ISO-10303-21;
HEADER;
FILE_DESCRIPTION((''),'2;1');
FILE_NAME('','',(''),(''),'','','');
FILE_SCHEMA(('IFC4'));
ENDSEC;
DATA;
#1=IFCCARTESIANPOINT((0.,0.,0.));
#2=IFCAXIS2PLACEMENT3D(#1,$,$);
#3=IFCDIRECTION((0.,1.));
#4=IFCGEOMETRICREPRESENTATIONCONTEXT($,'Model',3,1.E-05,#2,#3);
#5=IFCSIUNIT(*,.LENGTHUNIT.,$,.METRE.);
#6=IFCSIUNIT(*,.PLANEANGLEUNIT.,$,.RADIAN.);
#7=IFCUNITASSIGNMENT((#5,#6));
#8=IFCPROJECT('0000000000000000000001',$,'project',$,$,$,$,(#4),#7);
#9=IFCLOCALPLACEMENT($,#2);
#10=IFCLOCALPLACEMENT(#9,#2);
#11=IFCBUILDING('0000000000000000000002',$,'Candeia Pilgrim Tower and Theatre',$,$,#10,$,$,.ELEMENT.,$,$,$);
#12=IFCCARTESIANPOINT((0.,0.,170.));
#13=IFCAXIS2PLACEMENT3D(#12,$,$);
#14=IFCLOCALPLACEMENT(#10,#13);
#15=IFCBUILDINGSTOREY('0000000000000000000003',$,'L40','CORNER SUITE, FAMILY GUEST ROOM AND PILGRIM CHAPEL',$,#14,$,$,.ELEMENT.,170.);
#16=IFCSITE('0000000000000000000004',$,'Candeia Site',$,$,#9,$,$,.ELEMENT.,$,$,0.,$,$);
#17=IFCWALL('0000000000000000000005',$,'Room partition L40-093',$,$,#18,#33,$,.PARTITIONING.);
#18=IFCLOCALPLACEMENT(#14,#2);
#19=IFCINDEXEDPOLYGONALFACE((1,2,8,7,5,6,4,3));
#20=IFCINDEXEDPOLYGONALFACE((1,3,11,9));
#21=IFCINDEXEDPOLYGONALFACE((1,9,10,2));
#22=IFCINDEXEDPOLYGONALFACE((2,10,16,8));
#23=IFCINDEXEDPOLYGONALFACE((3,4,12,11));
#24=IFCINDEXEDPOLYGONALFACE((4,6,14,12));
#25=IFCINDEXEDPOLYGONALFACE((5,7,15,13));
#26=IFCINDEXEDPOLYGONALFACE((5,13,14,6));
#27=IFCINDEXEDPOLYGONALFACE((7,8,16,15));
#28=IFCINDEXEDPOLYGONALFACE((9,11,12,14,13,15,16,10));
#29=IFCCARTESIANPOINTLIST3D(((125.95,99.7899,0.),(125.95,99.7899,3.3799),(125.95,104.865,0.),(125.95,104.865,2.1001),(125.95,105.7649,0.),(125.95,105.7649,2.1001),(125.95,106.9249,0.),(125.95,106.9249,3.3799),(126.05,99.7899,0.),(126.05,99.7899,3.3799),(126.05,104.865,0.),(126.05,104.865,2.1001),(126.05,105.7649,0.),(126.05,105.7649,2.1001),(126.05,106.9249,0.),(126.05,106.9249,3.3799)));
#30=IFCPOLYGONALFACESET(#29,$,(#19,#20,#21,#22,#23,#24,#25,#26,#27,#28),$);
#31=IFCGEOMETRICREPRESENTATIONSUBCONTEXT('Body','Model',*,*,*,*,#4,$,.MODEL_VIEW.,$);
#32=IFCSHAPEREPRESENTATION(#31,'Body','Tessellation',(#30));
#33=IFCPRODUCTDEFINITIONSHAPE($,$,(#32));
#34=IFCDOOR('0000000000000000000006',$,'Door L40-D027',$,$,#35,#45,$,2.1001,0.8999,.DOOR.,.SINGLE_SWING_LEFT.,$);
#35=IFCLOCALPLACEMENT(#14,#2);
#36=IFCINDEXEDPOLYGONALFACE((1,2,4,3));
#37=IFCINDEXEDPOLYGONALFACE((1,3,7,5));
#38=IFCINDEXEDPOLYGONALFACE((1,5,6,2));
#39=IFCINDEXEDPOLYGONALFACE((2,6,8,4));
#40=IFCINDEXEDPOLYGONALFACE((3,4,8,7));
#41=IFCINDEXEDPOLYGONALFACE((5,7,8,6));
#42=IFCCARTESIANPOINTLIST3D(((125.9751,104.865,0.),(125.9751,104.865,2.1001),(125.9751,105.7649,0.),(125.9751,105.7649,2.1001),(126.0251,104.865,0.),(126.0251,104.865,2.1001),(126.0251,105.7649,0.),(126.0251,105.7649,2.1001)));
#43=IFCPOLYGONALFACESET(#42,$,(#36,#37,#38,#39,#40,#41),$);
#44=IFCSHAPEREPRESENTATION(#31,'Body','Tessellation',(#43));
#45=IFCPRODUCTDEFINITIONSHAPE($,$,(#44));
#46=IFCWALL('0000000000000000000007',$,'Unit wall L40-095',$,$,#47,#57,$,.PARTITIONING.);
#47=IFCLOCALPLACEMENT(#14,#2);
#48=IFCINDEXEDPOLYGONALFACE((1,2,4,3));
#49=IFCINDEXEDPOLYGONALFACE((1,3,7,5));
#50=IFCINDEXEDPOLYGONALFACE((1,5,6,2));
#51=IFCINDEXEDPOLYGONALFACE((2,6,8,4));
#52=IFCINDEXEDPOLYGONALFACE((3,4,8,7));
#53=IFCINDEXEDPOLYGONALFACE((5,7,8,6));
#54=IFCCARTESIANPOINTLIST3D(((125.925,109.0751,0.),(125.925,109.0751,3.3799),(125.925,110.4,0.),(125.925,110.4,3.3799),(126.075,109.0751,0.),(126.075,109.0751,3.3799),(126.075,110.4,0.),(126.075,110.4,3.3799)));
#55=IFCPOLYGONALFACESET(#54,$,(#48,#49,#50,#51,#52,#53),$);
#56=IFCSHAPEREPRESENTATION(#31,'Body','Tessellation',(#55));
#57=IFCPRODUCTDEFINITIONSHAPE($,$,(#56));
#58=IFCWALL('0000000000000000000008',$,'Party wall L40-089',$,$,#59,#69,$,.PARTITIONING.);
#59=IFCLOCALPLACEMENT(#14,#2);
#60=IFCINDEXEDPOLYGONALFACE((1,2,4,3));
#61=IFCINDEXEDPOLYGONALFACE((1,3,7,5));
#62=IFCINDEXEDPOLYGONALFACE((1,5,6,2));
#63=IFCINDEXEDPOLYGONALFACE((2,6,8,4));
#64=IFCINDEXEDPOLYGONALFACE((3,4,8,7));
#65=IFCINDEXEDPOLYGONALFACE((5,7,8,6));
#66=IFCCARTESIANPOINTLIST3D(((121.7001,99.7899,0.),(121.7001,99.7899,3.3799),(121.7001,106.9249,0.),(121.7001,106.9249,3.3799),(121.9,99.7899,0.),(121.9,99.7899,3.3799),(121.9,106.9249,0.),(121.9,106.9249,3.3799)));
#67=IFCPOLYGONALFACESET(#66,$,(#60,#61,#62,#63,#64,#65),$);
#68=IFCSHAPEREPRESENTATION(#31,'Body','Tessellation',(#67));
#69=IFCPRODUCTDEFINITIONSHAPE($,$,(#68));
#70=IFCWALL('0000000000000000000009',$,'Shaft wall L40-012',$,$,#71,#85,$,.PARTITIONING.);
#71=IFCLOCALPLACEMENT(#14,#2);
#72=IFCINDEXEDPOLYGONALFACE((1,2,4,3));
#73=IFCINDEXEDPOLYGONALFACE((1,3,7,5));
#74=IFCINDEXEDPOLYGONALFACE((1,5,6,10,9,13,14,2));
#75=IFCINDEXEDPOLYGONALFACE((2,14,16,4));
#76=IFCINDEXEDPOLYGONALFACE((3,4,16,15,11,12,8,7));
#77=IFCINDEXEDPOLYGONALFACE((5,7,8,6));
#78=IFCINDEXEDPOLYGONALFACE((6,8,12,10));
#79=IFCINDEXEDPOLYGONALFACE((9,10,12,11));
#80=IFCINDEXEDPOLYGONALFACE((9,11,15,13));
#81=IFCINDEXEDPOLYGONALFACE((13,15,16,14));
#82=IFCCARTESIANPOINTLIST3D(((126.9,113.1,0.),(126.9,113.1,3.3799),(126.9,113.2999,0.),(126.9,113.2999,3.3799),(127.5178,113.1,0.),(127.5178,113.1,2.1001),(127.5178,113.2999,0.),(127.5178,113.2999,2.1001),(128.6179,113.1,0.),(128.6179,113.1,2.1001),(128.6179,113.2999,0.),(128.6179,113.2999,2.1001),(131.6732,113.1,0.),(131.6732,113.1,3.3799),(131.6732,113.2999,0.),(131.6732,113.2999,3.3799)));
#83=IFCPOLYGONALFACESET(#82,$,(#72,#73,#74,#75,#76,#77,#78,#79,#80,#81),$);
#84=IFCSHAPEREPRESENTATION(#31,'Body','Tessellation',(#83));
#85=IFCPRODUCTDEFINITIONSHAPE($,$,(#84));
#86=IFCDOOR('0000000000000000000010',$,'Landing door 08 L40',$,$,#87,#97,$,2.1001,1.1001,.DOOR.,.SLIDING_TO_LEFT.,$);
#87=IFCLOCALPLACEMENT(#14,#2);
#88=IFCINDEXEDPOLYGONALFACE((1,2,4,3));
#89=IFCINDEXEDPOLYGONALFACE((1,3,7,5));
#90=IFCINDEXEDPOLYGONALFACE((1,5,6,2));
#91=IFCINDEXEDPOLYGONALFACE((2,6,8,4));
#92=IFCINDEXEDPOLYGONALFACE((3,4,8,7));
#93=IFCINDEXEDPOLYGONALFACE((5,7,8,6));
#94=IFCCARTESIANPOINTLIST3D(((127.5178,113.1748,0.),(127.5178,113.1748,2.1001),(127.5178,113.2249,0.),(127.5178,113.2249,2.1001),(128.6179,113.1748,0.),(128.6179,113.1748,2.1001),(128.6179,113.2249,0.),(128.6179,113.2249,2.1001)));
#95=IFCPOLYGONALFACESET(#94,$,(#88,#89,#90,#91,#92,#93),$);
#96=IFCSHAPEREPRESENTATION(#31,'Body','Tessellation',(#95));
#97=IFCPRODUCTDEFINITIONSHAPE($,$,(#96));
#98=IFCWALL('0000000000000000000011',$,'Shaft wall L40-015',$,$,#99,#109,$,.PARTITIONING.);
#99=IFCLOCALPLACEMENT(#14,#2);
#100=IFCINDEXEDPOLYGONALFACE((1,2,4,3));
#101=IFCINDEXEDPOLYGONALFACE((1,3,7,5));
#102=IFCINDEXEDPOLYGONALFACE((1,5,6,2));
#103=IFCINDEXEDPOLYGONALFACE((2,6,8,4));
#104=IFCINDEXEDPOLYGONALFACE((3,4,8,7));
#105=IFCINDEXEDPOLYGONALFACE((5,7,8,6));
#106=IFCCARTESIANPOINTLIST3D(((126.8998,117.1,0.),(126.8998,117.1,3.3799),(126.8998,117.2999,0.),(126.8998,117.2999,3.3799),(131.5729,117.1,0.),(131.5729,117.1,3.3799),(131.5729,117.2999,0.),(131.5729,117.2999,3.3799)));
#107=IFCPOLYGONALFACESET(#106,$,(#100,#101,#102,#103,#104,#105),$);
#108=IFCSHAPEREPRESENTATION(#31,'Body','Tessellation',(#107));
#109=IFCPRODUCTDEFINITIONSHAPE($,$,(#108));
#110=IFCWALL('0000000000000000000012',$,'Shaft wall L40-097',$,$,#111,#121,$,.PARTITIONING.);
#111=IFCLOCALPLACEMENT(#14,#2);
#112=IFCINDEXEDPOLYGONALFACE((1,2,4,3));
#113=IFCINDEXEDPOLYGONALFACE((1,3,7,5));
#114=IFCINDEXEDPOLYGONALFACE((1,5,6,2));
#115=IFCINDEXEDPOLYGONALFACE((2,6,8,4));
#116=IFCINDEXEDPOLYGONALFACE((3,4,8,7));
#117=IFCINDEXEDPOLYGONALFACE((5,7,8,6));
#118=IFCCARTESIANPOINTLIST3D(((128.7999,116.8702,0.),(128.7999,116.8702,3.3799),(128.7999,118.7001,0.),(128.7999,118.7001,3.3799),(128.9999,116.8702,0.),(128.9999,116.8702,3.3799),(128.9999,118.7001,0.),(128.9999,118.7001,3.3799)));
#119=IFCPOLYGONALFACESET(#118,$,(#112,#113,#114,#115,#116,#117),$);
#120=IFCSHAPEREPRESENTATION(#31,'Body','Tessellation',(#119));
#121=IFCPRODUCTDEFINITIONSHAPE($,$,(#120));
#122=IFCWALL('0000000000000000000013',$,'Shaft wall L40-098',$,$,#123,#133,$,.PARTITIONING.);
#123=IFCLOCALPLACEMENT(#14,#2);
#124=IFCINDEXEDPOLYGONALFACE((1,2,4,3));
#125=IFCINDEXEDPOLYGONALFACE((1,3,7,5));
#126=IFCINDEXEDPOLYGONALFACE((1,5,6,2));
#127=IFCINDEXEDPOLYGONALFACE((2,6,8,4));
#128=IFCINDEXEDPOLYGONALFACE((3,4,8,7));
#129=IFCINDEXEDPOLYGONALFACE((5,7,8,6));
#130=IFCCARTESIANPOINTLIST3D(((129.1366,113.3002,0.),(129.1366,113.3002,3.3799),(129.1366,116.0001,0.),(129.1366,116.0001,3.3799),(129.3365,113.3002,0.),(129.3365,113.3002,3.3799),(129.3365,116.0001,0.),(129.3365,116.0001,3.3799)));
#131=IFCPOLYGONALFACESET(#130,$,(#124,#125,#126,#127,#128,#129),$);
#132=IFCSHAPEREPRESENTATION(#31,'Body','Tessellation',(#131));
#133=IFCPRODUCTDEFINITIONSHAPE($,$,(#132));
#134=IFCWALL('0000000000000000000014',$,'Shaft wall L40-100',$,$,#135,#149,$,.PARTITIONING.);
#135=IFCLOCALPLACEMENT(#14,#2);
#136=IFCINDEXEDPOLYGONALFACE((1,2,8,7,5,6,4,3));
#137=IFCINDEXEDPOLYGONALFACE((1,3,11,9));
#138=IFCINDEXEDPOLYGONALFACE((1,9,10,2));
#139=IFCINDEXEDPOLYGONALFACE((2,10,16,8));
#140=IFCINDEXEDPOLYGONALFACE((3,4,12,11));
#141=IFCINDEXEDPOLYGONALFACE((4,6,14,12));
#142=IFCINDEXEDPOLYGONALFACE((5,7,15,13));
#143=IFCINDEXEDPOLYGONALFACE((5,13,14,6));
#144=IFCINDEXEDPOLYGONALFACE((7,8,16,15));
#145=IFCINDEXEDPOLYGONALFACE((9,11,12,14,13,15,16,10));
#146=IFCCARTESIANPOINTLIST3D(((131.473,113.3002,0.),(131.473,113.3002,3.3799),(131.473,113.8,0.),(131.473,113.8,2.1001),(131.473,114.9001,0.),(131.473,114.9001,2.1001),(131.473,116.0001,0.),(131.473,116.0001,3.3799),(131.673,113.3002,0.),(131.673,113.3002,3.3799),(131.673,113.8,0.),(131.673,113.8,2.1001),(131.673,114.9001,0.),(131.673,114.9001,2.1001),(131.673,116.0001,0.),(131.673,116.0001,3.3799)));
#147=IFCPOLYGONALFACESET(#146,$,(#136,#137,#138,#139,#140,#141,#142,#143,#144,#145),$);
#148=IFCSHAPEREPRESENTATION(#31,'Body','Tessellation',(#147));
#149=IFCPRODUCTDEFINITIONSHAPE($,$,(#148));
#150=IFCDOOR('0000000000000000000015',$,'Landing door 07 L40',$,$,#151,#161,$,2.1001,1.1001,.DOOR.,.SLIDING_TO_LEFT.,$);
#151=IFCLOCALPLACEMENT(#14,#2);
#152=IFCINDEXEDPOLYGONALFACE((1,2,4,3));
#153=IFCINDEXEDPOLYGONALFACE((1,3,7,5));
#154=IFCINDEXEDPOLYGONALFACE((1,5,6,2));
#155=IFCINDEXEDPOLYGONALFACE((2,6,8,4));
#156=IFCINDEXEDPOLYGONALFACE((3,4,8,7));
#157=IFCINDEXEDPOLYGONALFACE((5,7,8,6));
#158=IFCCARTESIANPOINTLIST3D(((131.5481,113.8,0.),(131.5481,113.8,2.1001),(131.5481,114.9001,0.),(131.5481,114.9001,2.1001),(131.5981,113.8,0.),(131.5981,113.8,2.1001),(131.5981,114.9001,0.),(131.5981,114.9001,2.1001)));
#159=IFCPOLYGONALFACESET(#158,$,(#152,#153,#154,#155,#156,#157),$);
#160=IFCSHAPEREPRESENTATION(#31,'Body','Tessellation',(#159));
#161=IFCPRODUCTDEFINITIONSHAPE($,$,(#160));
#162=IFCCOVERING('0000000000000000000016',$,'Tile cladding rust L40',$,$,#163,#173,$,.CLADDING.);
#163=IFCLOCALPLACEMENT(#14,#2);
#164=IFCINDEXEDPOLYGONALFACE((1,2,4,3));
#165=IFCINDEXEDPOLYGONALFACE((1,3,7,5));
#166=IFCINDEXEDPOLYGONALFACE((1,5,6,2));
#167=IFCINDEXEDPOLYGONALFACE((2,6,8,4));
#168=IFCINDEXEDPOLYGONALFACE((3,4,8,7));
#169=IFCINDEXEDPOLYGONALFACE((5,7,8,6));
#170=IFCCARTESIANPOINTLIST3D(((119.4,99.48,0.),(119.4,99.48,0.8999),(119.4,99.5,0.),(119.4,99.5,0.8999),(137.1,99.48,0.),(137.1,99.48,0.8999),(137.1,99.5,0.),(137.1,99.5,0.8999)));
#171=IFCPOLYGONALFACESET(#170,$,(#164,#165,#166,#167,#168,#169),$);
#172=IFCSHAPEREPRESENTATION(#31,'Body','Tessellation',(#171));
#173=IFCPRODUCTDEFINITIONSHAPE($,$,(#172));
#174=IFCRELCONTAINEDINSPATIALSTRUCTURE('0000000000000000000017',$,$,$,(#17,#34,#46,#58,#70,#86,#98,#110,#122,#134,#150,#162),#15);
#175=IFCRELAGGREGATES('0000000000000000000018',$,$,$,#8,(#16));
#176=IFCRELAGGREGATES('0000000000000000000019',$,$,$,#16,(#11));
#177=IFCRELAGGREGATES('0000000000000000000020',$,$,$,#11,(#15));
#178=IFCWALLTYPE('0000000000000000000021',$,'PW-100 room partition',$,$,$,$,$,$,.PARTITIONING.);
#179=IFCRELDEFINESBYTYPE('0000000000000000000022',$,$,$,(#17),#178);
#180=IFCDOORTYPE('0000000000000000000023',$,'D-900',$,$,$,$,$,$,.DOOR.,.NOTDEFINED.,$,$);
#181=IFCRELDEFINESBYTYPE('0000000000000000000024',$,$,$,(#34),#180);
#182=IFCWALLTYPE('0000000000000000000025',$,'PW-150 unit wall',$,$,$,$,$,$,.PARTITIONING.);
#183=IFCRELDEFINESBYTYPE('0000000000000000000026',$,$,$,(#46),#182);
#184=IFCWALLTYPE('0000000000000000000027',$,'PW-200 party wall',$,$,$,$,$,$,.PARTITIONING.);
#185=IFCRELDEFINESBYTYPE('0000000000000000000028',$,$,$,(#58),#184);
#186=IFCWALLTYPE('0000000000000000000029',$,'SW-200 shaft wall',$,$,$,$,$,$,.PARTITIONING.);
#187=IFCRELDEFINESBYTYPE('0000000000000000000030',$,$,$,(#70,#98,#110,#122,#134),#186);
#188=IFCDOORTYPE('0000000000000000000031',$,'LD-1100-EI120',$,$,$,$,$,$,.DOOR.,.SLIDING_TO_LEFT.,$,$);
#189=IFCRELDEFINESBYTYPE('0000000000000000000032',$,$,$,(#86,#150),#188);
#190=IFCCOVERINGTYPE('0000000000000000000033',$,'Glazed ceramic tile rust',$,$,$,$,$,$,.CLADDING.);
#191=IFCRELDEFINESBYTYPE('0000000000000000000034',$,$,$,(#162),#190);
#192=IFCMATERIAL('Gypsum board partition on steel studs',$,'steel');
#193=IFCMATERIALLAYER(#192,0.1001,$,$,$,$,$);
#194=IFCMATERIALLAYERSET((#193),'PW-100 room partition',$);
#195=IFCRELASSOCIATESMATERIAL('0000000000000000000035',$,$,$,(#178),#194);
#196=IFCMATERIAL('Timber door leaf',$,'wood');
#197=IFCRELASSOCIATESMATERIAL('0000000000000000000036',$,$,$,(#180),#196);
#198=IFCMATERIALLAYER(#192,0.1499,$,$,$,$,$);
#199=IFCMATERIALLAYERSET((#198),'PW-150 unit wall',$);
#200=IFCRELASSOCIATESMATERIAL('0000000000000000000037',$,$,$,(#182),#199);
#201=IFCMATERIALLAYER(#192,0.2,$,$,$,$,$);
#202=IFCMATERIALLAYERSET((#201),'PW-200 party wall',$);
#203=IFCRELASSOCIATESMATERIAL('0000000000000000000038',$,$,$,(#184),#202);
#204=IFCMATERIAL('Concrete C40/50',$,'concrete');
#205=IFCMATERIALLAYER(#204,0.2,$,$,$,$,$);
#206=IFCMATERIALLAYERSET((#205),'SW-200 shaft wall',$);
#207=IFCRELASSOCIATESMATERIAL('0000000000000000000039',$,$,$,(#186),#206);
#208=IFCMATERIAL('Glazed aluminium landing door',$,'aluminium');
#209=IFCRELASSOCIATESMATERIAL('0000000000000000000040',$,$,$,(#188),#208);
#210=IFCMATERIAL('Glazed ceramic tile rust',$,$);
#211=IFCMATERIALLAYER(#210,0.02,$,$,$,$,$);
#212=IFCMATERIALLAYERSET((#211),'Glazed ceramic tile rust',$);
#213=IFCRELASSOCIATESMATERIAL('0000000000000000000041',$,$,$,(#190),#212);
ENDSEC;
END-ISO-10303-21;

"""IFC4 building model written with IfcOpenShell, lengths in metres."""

from ifc_helpers import new_model, si_unit, direction, frame, frame_2d, origin, origin_2d, place, context, subcontext, project, spatial, rectangle, extrude, material, layer, layer_set, type_object, element, fill, save


model = new_model("IFC4")

# Units and contexts
model_context = context("Model", 3, precision=1e-05, world=origin(), true_north=direction((0.0, 1.0)))
body_context = subcontext(model_context, "Body", "Model", "MODEL_VIEW")
ifc_project = project(units=[si_unit("LENGTHUNIT", "METRE"), si_unit("PLANEANGLEUNIT", "RADIAN")], contexts=[model_context])

# Site, building, storey
site_placement = place(None, origin())
site = spatial("IfcSite", under=ifc_project, at=site_placement, Name="Candeia Site", CompositionType="ELEMENT", RefElevation=0.0)
building_placement = place(site_placement, origin())
building = spatial("IfcBuilding", under=site, at=building_placement, Name="Candeia Pilgrim Tower and Theatre", CompositionType="ELEMENT")
storey_placement = place(building_placement, frame((0.0, 0.0, 170.0)))
storey = spatial("IfcBuildingStorey", under=building, at=storey_placement, Name="L40", Description="CORNER SUITE, FAMILY GUEST ROOM AND PILGRIM CHAPEL", CompositionType="ELEMENT", Elevation=170.0)

# Shared definitions
ifc_material_1 = material(Name="Gypsum board partition on steel studs", Category="steel")
ifc_layer_1 = layer(ifc_material_1, 0.1001)
ifc_layer_set_1 = layer_set([ifc_layer_1], Name="PW-100 room partition")
wall_type_1 = type_object("IfcWallType", Name="PW-100 room partition", PredefinedType="PARTITIONING", material=ifc_layer_set_1)
ifc_material_2 = material(Name="Timber door leaf", Category="wood")

# Wall, opening, door
wall_1_placement = place(storey_placement, frame((126.0, 99.79, 0.0), z_axis=(0.0, 0.0, 1.0), x_axis=(0.0, 1.0, 0.0)))
wall_1 = element("IfcWall", 1, at=wall_1_placement, inside=storey, type_object=wall_type_1, Name="Room partition L40-093", PredefinedType="PARTITIONING", context=body_context, shape_type="SweptSolid", body=[
    extrude(rectangle(XDim=7.135, YDim=0.1001, at=frame_2d((3.5674, 0.0))), origin(), (0.0, 0.0, 1.0), 3.3799),
])
opening_1_placement = place(wall_1_placement, frame((5.075, 0.0, 0.0)))
opening_1 = element("IfcOpeningElement", 2, at=opening_1_placement, cuts=wall_1, PredefinedType="OPENING", context=body_context, shape_type="SweptSolid", body=[
    extrude(rectangle(XDim=0.8999, YDim=2.1001, at=frame_2d((0.45, 1.05))), frame((0.0, 0.0601, 0.0), z_axis=(0.0, -1.0, 0.0), x_axis=(1.0, 0.0, 0.0)), (0.0, 0.0, 1.0), 0.1201),
])
door_type_1 = type_object("IfcDoorType", Name="D-900", OperationType="NOTDEFINED", PredefinedType="DOOR", material=ifc_material_2)
door_1_placement = place(opening_1_placement, origin())
door_1 = element("IfcDoor", 3, at=door_1_placement, inside=storey, type_object=door_type_1, Name="Door L40-D027", OperationType="SINGLE_SWING_LEFT", OverallHeight=2.1001, OverallWidth=0.8999, PredefinedType="DOOR", context=body_context, shape_type="SweptSolid", body=[
    extrude(rectangle(XDim=0.8999, YDim=2.1001, at=frame_2d((0.45, 1.05))), frame((0.0, 0.0249, 0.0), z_axis=(0.0, -1.0, 0.0), x_axis=(1.0, 0.0, 0.0)), (0.0, 0.0, 1.0), 0.05),
])
fill(opening_1, door_1)

# Walls
ifc_layer_2 = layer(ifc_material_1, 0.1499)
ifc_layer_set_2 = layer_set([ifc_layer_2], Name="PW-150 unit wall")
wall_type_2 = type_object("IfcWallType", Name="PW-150 unit wall", PredefinedType="PARTITIONING", material=ifc_layer_set_2)
wall_2_placement = place(storey_placement, frame((126.0, 109.075, 0.0), z_axis=(0.0, 0.0, 1.0), x_axis=(0.0, 1.0, 0.0)))
element("IfcWall", 4, at=wall_2_placement, inside=storey, type_object=wall_type_2, Name="Unit wall L40-095", PredefinedType="PARTITIONING", context=body_context, shape_type="SweptSolid", body=[
    extrude(rectangle(XDim=1.325, YDim=0.1499, at=frame_2d((0.6626, 0.0))), origin(), (0.0, 0.0, 1.0), 3.3799),
])
ifc_layer_3 = layer(ifc_material_1, 0.2)
ifc_layer_set_3 = layer_set([ifc_layer_3], Name="PW-200 party wall")
wall_type_3 = type_object("IfcWallType", Name="PW-200 party wall", PredefinedType="PARTITIONING", material=ifc_layer_set_3)
wall_3_placement = place(storey_placement, frame((121.8, 99.79, 0.0), z_axis=(0.0, 0.0, 1.0), x_axis=(0.0, 1.0, 0.0)))
element("IfcWall", 5, at=wall_3_placement, inside=storey, type_object=wall_type_3, Name="Party wall L40-089", PredefinedType="PARTITIONING", context=body_context, shape_type="SweptSolid", body=[
    extrude(rectangle(XDim=7.135, YDim=0.2, at=frame_2d((3.5674, 0.0))), origin(), (0.0, 0.0, 1.0), 3.3799),
])

# Wall, opening, door
ifc_material_3 = material(Name="Concrete C40/50", Category="concrete")
ifc_layer_4 = layer(ifc_material_3, 0.2)
ifc_layer_set_4 = layer_set([ifc_layer_4], Name="SW-200 shaft wall")
wall_type_4 = type_object("IfcWallType", Name="SW-200 shaft wall", PredefinedType="PARTITIONING", material=ifc_layer_set_4)
wall_4_placement = place(storey_placement, frame((126.8999, 113.2, 0.0), z_axis=(0.0, 0.0, 1.0), x_axis=(1.0, 0.0, 0.0)))
wall_4 = element("IfcWall", 6, at=wall_4_placement, inside=storey, type_object=wall_type_4, Name="Shaft wall L40-012", PredefinedType="PARTITIONING", context=body_context, shape_type="SweptSolid", body=[
    extrude(rectangle(XDim=4.7732, YDim=0.2, at=frame_2d((2.3867, 0.0))), origin(), (0.0, 0.0, 1.0), 3.3799),
])
opening_2_placement = place(wall_4_placement, frame((0.6179, 0.0, 0.0)))
opening_2 = element("IfcOpeningElement", 7, at=opening_2_placement, cuts=wall_4, PredefinedType="OPENING", context=body_context, shape_type="SweptSolid", body=[
    extrude(rectangle(XDim=1.1001, YDim=2.1001, at=frame_2d((0.55, 1.05))), frame((0.0, 0.1099, 0.0), z_axis=(0.0, -1.0, 0.0), x_axis=(1.0, 0.0, 0.0)), (0.0, 0.0, 1.0), 0.22),
])
ifc_material_4 = material(Name="Glazed aluminium landing door", Category="aluminium")
door_type_2 = type_object("IfcDoorType", Name="LD-1100-EI120", OperationType="SLIDING_TO_LEFT", PredefinedType="DOOR", material=ifc_material_4)
door_2_placement = place(opening_2_placement, origin())
door_2 = element("IfcDoor", 8, at=door_2_placement, inside=storey, type_object=door_type_2, Name="Landing door 08 L40", OperationType="SLIDING_TO_LEFT", OverallHeight=2.1001, OverallWidth=1.1001, PredefinedType="DOOR", context=body_context, shape_type="SweptSolid", body=[
    extrude(rectangle(XDim=1.1001, YDim=2.1001, at=frame_2d((0.55, 1.05))), frame((0.0, 0.0249, 0.0), z_axis=(0.0, -1.0, 0.0), x_axis=(1.0, 0.0, 0.0)), (0.0, 0.0, 1.0), 0.05),
])
fill(opening_2, door_2)

# Walls
wall_5_placement = place(storey_placement, frame((126.8999, 117.2, 0.0), z_axis=(0.0, 0.0, 1.0), x_axis=(1.0, 0.0, 0.0)))
element("IfcWall", 9, at=wall_5_placement, inside=storey, type_object=wall_type_4, Name="Shaft wall L40-015", PredefinedType="PARTITIONING", context=body_context, shape_type="SweptSolid", body=[
    extrude(rectangle(XDim=4.6731, YDim=0.2, at=frame_2d((2.3364, 0.0))), origin(), (0.0, 0.0, 1.0), 3.3799),
])
wall_6_placement = place(storey_placement, frame((128.8999, 116.8701, 0.0), z_axis=(0.0, 0.0, 1.0), x_axis=(0.0, 1.0, 0.0)))
element("IfcWall", 10, at=wall_6_placement, inside=storey, type_object=wall_type_4, Name="Shaft wall L40-097", PredefinedType="PARTITIONING", context=body_context, shape_type="SweptSolid", body=[
    extrude(rectangle(XDim=1.8298, YDim=0.2, at=frame_2d((0.915, 0.0))), origin(), (0.0, 0.0, 1.0), 3.3799),
])
wall_7_placement = place(storey_placement, frame((129.2366, 113.3, 0.0), z_axis=(0.0, 0.0, 1.0), x_axis=(0.0, 1.0, 0.0)))
element("IfcWall", 11, at=wall_7_placement, inside=storey, type_object=wall_type_4, Name="Shaft wall L40-098", PredefinedType="PARTITIONING", context=body_context, shape_type="SweptSolid", body=[
    extrude(rectangle(XDim=2.7, YDim=0.2, at=frame_2d((1.3501, 0.0))), origin(), (0.0, 0.0, 1.0), 3.3799),
])

# Wall, opening, door
wall_8_placement = place(storey_placement, frame((131.573, 113.3, 0.0), z_axis=(0.0, 0.0, 1.0), x_axis=(0.0, 1.0, 0.0)))
wall_8 = element("IfcWall", 12, at=wall_8_placement, inside=storey, type_object=wall_type_4, Name="Shaft wall L40-100", PredefinedType="PARTITIONING", context=body_context, shape_type="SweptSolid", body=[
    extrude(rectangle(XDim=2.7, YDim=0.2, at=frame_2d((1.3501, 0.0))), origin(), (0.0, 0.0, 1.0), 3.3799),
])
opening_3_placement = place(wall_8_placement, frame((0.5, 0.0, 0.0)))
opening_3 = element("IfcOpeningElement", 13, at=opening_3_placement, cuts=wall_8, PredefinedType="OPENING", context=body_context, shape_type="SweptSolid", body=[
    extrude(rectangle(XDim=1.1001, YDim=2.1001, at=frame_2d((0.55, 1.05))), frame((0.0, 0.1099, 0.0), z_axis=(0.0, -1.0, 0.0), x_axis=(1.0, 0.0, 0.0)), (0.0, 0.0, 1.0), 0.22),
])
door_3_placement = place(opening_3_placement, origin())
door_3 = element("IfcDoor", 14, at=door_3_placement, inside=storey, type_object=door_type_2, Name="Landing door 07 L40", OperationType="SLIDING_TO_LEFT", OverallHeight=2.1001, OverallWidth=1.1001, PredefinedType="DOOR", context=body_context, shape_type="SweptSolid", body=[
    extrude(rectangle(XDim=1.1001, YDim=2.1001, at=frame_2d((0.55, 1.05))), frame((0.0, 0.0249, 0.0), z_axis=(0.0, -1.0, 0.0), x_axis=(1.0, 0.0, 0.0)), (0.0, 0.0, 1.0), 0.05),
])
fill(opening_3, door_3)

# Covering
ifc_material_5 = material(Name="Glazed ceramic tile rust")
ifc_layer_5 = layer(ifc_material_5, 0.02)
ifc_layer_set_5 = layer_set([ifc_layer_5], Name="Glazed ceramic tile rust")
covering_type = type_object("IfcCoveringType", Name="Glazed ceramic tile rust", PredefinedType="CLADDING", material=ifc_layer_set_5)
covering_placement = place(storey_placement, frame((128.25, 99.49, 0.0), z_axis=(0.0, 0.0, 1.0), x_axis=(1.0, 0.0, 0.0)))
element("IfcCovering", 15, at=covering_placement, inside=storey, type_object=covering_type, Name="Tile cladding rust L40", PredefinedType="CLADDING", context=body_context, shape_type="SweptSolid", body=[
    extrude(rectangle(XDim=17.7, YDim=0.02, at=origin_2d()), origin(), (0.0, 0.0, 1.0), 0.8999),
])

save(model, "model.ifc")
